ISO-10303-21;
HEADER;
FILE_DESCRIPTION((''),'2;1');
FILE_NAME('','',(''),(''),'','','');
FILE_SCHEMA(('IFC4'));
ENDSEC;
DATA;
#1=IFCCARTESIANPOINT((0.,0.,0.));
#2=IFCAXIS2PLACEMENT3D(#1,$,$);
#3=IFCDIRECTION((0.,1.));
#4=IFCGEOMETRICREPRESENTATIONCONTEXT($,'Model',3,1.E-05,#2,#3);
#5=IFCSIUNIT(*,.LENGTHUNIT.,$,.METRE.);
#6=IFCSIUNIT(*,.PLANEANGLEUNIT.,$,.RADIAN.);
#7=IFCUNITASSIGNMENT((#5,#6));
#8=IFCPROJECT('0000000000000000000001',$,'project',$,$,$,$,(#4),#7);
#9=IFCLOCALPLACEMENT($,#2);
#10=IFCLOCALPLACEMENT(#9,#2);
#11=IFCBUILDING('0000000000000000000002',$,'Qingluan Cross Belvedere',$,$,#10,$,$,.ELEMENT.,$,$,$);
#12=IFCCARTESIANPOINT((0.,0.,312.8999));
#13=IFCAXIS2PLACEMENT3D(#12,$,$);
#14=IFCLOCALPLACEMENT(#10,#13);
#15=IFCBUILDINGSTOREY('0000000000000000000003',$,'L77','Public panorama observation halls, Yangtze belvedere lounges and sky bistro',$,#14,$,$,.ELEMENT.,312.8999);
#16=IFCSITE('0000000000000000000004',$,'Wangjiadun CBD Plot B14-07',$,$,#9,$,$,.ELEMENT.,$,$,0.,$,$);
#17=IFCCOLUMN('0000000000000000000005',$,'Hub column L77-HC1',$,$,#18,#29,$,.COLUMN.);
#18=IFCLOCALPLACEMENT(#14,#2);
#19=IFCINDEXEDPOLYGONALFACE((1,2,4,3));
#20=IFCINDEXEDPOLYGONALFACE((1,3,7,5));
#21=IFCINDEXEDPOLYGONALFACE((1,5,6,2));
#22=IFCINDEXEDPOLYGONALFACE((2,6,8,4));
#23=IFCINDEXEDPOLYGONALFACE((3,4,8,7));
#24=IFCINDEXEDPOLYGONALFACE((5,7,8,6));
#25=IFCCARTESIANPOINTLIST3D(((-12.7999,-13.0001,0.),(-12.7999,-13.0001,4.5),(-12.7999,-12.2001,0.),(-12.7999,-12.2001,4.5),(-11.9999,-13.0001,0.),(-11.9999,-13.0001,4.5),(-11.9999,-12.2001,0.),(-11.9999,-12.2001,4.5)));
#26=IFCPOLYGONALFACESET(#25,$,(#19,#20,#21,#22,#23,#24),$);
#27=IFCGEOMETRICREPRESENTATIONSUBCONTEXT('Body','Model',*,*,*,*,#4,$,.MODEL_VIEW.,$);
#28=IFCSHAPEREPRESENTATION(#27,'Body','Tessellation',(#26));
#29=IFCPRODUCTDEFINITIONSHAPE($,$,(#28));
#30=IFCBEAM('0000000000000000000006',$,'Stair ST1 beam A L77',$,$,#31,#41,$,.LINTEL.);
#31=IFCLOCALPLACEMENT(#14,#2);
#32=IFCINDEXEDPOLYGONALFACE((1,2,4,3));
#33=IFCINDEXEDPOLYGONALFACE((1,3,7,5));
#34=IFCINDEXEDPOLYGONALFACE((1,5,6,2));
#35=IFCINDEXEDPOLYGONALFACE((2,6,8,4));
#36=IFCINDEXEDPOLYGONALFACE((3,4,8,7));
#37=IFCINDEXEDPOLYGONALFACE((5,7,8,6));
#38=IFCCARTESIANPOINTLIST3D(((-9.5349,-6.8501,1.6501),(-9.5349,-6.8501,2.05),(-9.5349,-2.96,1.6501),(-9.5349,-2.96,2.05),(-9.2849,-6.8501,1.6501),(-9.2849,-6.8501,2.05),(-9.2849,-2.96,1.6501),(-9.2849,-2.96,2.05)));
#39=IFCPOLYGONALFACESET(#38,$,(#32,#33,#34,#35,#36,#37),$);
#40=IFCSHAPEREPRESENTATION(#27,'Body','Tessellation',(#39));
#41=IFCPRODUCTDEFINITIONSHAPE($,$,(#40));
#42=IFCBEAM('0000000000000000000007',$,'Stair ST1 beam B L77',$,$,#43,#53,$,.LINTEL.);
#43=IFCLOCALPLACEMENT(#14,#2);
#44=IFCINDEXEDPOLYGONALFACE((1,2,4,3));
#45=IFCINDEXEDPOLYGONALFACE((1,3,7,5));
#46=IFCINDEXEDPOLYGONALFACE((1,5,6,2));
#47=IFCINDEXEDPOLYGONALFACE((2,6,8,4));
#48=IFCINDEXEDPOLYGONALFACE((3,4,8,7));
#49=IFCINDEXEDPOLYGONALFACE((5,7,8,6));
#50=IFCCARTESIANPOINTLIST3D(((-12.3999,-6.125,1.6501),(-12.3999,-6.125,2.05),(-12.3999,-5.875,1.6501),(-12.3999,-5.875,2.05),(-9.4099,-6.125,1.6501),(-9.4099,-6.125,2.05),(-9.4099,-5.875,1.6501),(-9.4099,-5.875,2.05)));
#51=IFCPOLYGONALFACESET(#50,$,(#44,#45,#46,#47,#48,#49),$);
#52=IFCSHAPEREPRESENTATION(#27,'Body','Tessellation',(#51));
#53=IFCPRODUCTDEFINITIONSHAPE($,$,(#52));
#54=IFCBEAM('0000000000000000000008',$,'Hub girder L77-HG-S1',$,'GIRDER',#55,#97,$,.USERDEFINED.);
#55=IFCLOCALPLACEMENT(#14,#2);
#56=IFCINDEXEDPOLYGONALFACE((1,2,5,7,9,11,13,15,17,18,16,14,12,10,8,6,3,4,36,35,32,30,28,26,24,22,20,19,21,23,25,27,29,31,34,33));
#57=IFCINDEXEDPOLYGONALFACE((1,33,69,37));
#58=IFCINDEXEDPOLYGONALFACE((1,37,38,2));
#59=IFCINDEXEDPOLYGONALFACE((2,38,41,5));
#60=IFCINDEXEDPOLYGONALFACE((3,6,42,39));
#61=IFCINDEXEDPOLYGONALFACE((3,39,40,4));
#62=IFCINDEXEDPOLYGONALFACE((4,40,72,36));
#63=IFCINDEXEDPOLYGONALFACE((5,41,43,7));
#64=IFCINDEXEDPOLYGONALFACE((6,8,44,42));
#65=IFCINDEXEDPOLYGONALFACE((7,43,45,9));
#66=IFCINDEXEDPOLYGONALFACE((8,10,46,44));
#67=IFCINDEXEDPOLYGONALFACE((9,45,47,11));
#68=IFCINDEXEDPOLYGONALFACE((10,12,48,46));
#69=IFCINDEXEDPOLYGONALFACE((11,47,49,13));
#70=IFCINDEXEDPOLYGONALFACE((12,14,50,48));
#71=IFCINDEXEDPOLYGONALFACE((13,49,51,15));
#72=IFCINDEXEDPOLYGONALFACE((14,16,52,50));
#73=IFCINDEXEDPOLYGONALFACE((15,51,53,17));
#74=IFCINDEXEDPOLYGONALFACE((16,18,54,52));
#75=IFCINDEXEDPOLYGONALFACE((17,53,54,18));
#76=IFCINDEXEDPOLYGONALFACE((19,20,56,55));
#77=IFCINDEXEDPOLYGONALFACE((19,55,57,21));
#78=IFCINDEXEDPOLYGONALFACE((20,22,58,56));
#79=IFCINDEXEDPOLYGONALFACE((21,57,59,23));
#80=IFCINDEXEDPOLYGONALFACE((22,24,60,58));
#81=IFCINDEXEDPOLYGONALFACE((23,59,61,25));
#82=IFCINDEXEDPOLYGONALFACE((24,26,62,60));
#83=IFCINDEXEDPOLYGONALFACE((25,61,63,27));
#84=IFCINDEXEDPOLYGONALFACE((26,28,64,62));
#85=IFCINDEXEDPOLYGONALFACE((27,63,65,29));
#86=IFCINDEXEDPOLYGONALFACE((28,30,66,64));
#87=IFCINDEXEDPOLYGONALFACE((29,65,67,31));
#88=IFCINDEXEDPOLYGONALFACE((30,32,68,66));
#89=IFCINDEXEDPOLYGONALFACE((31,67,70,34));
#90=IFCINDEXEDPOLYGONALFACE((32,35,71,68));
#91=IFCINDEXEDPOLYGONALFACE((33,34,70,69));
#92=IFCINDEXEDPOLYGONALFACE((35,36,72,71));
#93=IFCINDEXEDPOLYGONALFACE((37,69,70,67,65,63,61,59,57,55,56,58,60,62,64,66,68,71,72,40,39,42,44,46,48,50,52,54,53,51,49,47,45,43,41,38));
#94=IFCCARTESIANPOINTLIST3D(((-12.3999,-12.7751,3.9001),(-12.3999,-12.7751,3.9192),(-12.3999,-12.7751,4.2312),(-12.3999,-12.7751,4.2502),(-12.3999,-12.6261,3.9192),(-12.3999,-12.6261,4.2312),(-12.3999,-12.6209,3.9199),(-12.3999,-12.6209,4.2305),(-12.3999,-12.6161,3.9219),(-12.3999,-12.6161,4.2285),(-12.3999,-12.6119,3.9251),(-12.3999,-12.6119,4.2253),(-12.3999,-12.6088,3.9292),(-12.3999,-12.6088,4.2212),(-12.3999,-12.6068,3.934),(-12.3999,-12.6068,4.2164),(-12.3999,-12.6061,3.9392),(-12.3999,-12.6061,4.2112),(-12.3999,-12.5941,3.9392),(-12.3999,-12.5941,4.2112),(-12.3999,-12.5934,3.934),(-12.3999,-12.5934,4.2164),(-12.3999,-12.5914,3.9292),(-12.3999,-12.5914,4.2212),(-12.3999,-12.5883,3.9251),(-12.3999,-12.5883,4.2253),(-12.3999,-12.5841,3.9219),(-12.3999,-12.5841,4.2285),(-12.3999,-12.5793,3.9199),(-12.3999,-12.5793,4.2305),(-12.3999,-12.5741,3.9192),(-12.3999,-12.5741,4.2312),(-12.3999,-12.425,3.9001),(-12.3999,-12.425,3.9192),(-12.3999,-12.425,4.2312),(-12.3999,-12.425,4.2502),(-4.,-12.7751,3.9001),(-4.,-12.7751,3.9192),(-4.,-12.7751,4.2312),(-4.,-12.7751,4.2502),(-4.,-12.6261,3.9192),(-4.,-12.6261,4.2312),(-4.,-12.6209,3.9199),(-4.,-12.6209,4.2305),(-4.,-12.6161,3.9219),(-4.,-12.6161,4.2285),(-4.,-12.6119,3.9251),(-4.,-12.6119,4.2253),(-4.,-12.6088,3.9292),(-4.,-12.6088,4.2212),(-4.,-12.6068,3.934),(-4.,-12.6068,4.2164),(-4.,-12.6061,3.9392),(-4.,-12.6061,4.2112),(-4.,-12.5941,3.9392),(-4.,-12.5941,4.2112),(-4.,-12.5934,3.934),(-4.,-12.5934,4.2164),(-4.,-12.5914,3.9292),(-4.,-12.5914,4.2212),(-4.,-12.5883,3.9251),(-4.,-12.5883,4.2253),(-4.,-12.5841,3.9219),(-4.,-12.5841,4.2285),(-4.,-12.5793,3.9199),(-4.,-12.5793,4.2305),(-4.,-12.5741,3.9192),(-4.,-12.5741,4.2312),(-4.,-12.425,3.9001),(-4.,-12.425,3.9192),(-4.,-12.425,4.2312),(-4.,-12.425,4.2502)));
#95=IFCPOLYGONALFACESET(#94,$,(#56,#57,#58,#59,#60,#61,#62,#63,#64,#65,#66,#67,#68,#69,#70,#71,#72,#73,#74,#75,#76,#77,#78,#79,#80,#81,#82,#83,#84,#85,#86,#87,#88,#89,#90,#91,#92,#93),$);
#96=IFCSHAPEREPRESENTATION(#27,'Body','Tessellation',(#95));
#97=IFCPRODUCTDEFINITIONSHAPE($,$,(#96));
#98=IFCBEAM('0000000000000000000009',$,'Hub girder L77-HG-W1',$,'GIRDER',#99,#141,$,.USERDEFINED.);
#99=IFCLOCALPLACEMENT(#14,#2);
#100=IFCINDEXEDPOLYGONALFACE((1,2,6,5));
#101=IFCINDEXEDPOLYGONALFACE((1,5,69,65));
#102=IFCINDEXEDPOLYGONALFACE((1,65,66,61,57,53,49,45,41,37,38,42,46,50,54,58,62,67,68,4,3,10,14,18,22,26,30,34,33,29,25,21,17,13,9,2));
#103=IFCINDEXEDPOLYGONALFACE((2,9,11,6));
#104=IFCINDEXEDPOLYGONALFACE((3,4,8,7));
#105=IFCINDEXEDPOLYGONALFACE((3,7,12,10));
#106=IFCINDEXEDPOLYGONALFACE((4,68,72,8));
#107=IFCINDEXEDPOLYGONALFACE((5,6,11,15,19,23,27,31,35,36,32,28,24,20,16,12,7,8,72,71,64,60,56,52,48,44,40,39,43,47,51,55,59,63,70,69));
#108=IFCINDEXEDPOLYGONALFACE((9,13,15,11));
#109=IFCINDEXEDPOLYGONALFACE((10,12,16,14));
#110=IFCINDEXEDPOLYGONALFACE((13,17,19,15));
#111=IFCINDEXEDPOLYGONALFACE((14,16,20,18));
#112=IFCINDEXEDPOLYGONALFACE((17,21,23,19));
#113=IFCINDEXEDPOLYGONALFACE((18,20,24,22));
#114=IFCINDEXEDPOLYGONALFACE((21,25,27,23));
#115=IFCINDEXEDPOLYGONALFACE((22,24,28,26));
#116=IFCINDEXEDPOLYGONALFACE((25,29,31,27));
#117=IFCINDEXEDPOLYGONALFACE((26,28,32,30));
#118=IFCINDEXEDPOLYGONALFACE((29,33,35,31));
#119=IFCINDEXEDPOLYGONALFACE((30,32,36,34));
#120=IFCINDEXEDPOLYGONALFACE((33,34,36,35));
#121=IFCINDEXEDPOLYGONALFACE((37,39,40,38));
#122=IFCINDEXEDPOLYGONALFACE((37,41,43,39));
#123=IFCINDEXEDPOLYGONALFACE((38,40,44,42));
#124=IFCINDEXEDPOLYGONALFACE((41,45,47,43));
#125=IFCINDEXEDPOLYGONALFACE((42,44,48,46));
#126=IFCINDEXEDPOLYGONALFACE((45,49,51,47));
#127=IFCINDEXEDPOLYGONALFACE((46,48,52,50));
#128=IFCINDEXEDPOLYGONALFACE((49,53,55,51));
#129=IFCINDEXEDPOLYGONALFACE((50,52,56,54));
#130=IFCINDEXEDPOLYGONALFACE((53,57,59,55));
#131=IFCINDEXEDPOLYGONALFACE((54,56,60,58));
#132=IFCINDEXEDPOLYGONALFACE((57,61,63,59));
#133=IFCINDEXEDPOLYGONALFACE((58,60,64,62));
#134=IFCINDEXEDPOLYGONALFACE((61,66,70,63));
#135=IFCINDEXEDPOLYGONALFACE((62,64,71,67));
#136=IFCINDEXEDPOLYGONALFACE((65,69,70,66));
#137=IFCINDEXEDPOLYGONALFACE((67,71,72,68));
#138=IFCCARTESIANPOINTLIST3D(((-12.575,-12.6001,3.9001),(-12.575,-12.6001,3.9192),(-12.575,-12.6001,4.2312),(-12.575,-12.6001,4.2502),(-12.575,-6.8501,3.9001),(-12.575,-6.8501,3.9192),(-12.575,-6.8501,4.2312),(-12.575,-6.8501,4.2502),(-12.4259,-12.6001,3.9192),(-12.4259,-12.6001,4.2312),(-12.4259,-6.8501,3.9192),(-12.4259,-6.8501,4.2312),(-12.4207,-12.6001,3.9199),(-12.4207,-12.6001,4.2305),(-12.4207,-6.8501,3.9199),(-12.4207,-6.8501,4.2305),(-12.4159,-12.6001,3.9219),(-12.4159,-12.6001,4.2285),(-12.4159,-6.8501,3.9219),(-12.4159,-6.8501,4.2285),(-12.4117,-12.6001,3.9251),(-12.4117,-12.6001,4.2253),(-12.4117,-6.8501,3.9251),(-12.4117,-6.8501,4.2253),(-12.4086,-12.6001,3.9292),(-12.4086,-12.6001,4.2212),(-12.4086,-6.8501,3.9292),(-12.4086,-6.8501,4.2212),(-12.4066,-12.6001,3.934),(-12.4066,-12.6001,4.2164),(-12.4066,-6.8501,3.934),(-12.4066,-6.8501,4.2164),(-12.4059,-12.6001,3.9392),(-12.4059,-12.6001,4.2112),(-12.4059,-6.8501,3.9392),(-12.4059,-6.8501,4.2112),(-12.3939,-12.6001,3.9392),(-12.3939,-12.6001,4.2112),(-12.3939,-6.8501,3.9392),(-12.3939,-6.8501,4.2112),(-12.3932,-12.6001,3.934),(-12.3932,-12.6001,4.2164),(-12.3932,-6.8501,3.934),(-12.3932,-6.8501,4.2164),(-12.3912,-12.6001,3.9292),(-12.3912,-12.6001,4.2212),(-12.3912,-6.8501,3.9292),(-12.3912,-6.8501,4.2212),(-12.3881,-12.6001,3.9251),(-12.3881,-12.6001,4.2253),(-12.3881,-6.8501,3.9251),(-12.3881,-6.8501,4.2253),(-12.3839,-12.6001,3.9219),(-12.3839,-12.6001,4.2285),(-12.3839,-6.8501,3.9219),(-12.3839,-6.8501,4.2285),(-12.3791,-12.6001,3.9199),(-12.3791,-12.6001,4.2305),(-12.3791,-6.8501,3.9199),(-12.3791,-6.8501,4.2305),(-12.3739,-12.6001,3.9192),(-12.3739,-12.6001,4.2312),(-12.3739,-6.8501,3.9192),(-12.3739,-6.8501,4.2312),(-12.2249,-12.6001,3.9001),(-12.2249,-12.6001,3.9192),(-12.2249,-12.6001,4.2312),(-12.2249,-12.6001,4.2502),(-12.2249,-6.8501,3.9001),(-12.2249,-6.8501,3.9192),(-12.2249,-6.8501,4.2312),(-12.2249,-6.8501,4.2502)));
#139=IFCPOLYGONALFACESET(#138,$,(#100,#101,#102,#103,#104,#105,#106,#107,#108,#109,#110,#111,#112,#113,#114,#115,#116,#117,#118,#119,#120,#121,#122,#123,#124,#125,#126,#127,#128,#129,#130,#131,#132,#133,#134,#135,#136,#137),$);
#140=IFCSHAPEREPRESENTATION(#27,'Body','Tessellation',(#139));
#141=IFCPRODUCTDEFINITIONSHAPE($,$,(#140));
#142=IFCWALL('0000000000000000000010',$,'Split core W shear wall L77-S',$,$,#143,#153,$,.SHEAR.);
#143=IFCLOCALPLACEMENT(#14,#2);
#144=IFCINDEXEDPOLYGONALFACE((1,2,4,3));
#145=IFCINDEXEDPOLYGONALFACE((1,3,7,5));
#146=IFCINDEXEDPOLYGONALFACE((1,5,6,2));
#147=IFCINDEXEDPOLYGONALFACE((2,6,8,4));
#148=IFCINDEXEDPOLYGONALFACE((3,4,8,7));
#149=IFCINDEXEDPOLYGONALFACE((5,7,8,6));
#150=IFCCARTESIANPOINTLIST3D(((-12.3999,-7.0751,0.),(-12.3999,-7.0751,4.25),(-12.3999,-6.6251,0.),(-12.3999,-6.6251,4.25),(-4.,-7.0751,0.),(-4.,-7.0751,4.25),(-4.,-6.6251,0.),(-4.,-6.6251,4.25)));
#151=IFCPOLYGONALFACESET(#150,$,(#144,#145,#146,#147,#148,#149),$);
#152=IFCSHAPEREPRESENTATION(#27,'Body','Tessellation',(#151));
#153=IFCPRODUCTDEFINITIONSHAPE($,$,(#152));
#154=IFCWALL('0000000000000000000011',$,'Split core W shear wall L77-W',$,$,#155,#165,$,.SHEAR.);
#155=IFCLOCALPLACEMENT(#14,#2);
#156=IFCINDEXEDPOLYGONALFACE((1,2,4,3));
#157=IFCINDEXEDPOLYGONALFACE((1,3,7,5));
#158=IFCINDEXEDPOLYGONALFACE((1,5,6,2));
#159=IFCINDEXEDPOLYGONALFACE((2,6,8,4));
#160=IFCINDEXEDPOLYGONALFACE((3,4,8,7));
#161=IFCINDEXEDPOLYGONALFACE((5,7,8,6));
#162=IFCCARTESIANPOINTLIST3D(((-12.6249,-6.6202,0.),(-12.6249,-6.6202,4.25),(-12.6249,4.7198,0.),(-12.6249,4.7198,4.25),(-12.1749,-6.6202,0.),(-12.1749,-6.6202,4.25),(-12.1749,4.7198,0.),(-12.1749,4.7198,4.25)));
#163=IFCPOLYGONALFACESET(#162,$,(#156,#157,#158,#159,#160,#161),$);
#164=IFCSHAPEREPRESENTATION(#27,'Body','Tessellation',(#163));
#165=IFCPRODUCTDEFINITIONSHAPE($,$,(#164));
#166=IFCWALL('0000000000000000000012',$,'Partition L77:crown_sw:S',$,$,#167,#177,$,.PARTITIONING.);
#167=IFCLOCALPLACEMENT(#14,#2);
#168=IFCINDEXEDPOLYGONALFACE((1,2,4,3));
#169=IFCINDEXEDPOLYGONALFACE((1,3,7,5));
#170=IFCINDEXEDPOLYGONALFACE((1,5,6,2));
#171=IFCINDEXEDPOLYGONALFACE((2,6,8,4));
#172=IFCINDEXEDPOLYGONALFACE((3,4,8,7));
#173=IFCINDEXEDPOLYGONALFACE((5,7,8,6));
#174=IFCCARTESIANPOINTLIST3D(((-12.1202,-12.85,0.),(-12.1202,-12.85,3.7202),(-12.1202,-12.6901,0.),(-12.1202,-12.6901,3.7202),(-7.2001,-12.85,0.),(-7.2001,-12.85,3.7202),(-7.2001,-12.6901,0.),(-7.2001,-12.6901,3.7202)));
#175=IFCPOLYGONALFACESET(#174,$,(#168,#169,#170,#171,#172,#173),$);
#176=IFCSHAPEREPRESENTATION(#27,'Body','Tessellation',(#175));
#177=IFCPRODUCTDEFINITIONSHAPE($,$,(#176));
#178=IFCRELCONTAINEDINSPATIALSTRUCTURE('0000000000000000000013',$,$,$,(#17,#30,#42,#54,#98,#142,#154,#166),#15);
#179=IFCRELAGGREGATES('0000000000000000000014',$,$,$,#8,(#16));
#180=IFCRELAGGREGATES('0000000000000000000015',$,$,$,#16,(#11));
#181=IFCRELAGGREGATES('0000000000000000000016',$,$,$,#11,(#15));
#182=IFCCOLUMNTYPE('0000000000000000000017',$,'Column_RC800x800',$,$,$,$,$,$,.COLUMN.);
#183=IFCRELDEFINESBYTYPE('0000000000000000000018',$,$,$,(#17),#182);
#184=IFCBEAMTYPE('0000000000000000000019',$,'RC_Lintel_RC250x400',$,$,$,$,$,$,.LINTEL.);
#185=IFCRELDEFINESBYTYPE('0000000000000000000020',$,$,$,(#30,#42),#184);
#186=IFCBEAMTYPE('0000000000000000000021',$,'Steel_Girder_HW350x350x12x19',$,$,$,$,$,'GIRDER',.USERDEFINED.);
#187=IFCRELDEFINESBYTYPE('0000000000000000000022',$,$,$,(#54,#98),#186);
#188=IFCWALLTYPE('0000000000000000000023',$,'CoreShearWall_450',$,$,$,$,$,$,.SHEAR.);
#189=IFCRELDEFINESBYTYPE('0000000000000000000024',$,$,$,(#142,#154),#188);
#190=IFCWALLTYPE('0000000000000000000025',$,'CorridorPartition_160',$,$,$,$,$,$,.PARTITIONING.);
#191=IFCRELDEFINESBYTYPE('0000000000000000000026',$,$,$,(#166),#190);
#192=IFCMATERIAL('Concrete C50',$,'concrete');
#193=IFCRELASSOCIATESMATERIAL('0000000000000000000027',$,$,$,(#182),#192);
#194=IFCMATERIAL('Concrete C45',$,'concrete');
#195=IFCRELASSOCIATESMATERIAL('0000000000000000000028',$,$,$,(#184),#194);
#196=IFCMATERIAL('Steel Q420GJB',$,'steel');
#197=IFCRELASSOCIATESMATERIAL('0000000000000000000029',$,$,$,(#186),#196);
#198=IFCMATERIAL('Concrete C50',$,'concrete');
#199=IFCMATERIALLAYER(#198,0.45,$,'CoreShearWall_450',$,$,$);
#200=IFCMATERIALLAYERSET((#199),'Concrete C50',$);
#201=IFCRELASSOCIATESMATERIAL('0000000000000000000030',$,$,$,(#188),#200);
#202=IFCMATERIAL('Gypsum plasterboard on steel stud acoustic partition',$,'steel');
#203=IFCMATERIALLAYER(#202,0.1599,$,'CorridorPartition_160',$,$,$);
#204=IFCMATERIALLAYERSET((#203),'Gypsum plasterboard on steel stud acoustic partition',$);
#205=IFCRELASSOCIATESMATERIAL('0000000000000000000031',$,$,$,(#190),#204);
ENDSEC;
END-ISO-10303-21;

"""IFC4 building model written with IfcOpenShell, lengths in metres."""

from ifc_helpers import new_model, si_unit, direction, frame, frame_2d, origin, origin_2d, place, context, subcontext, project, spatial, rectangle, i_section, extrude, material, layer, layer_set, material_profile, profile_set, type_object, element, save


model = new_model("IFC4")

# Units and contexts
model_context = context("Model", 3, precision=1e-05, world=origin(), true_north=direction((0.0, 1.0)))
body_context = subcontext(model_context, "Body", "Model", "MODEL_VIEW")
ifc_project = project(units=[si_unit("LENGTHUNIT", "METRE"), si_unit("PLANEANGLEUNIT", "RADIAN")], contexts=[model_context])

# Site, building, storey
site_placement = place(None, origin())
site = spatial("IfcSite", under=ifc_project, at=site_placement, Name="Wangjiadun CBD Plot B14-07", CompositionType="ELEMENT", RefElevation=0.0)
building_placement = place(site_placement, origin())
building = spatial("IfcBuilding", under=site, at=building_placement, Name="Qingluan Cross Belvedere", CompositionType="ELEMENT")
storey_placement = place(building_placement, frame((0.0, 0.0, 312.8999)))
storey = spatial("IfcBuildingStorey", under=building, at=storey_placement, Name="L77", Description="Public panorama observation halls, Yangtze belvedere lounges and sky bistro", CompositionType="ELEMENT", Elevation=312.8999)

# Column
ifc_material_1 = material(Name="Concrete C50", Category="concrete")
ifc_material_profile_1 = material_profile(ifc_material_1, rectangle(XDim=0.8, YDim=0.8, at=origin_2d()), Name="RC800x800")
ifc_profile_set_1 = profile_set([ifc_material_profile_1], Name="Concrete C50")
column_type = type_object("IfcColumnType", Name="Column_RC800x800", PredefinedType="COLUMN", material=ifc_profile_set_1)
column_placement = place(storey_placement, frame((-12.3999, -12.6001, 0.0), z_axis=(0.0, 0.0, 1.0), x_axis=(1.0, 0.0, 0.0)))
element("IfcColumn", 1, at=column_placement, inside=storey, type_object=column_type, Name="Hub column L77-HC1", PredefinedType="COLUMN", context=body_context, shape_type="SweptSolid", body=[
    extrude(rectangle(XDim=0.8, YDim=0.8, at=origin_2d()), origin(), (0.0, 0.0, 1.0), 4.5),
])

# Beams
ifc_material_2 = material(Name="Concrete C45", Category="concrete")
ifc_material_profile_2 = material_profile(ifc_material_2, rectangle(XDim=0.25, YDim=0.3999, at=origin_2d()), Name="RC250x400")
ifc_profile_set_2 = profile_set([ifc_material_profile_2], Name="Concrete C45")
beam_type_1 = type_object("IfcBeamType", Name="RC_Lintel_RC250x400", PredefinedType="LINTEL", material=ifc_profile_set_2)
beam_1_placement = place(storey_placement, frame((-9.4099, -6.8501, 1.8501), z_axis=(0.0, 1.0, 0.0), x_axis=(-1.0, 0.0, 0.0)))
element("IfcBeam", 2, at=beam_1_placement, inside=storey, type_object=beam_type_1, Name="Stair ST1 beam A L77", PredefinedType="LINTEL", context=body_context, shape_type="SweptSolid", body=[
    extrude(rectangle(XDim=0.25, YDim=0.3999, at=origin_2d()), origin(), (0.0, 0.0, 1.0), 3.8901),
])
beam_2_placement = place(storey_placement, frame((-12.3999, -6.0, 1.8501), z_axis=(1.0, 0.0, 0.0), x_axis=(0.0, 1.0, 0.0)))
element("IfcBeam", 3, at=beam_2_placement, inside=storey, type_object=beam_type_1, Name="Stair ST1 beam B L77", PredefinedType="LINTEL", context=body_context, shape_type="SweptSolid", body=[
    extrude(rectangle(XDim=0.25, YDim=0.3999, at=origin_2d()), origin(), (0.0, 0.0, 1.0), 2.99),
])
ifc_material_3 = material(Name="Steel Q420GJB", Category="steel")
ifc_material_profile_3 = material_profile(ifc_material_3, i_section(OverallWidth=0.3501, OverallDepth=0.3501, WebThickness=0.012, FlangeThickness=0.019, FilletRadius=0.02, at=origin_2d()), Name="HW350x350x12x19")
ifc_profile_set_3 = profile_set([ifc_material_profile_3], Name="Steel Q420GJB")
beam_type_2 = type_object("IfcBeamType", Name="Steel_Girder_HW350x350x12x19", ElementType="GIRDER", PredefinedType="USERDEFINED", material=ifc_profile_set_3)
beam_3_placement = place(storey_placement, frame((-12.3999, -12.6001, 4.0752), z_axis=(1.0, 0.0, 0.0), x_axis=(0.0, 1.0, 0.0)))
element("IfcBeam", 4, at=beam_3_placement, inside=storey, type_object=beam_type_2, Name="Hub girder L77-HG-S1", ObjectType="GIRDER", PredefinedType="USERDEFINED", context=body_context, shape_type="SweptSolid", body=[
    extrude(i_section(OverallWidth=0.3501, OverallDepth=0.3501, WebThickness=0.012, FlangeThickness=0.019, FilletRadius=0.02, at=origin_2d()), origin(), (0.0, 0.0, 1.0), 8.3999),
])
beam_4_placement = place(storey_placement, frame((-12.3999, -12.6001, 4.0752), z_axis=(0.0, 1.0, 0.0), x_axis=(-1.0, 0.0, 0.0)))
element("IfcBeam", 5, at=beam_4_placement, inside=storey, type_object=beam_type_2, Name="Hub girder L77-HG-W1", ObjectType="GIRDER", PredefinedType="USERDEFINED", context=body_context, shape_type="SweptSolid", body=[
    extrude(i_section(OverallWidth=0.3501, OverallDepth=0.3501, WebThickness=0.012, FlangeThickness=0.019, FilletRadius=0.02, at=origin_2d()), origin(), (0.0, 0.0, 1.0), 5.75),
])

# Walls
ifc_material_4 = material(Name="Concrete C50", Category="concrete")
ifc_layer_1 = layer(ifc_material_4, 0.45, Name="CoreShearWall_450")
ifc_layer_set_1 = layer_set([ifc_layer_1], Name="Concrete C50")
wall_type_1 = type_object("IfcWallType", Name="CoreShearWall_450", PredefinedType="SHEAR", material=ifc_layer_set_1)
wall_1_placement = place(storey_placement, frame((-12.3999, -6.8501, 0.0), z_axis=(0.0, 0.0, 1.0), x_axis=(1.0, 0.0, 0.0)))
element("IfcWall", 6, at=wall_1_placement, inside=storey, type_object=wall_type_1, Name="Split core W shear wall L77-S", PredefinedType="SHEAR", context=body_context, shape_type="SweptSolid", body=[
    extrude(rectangle(XDim=8.3999, YDim=0.45, at=frame_2d((4.2, 0.0))), origin(), (0.0, 0.0, 1.0), 4.25),
])
wall_2_placement = place(storey_placement, frame((-12.3999, -6.6201, 0.0), z_axis=(0.0, 0.0, 1.0), x_axis=(0.0, 1.0, 0.0)))
element("IfcWall", 7, at=wall_2_placement, inside=storey, type_object=wall_type_1, Name="Split core W shear wall L77-W", PredefinedType="SHEAR", context=body_context, shape_type="SweptSolid", body=[
    extrude(rectangle(XDim=11.3401, YDim=0.45, at=frame_2d((5.6699, 0.0))), origin(), (0.0, 0.0, 1.0), 4.25),
])
ifc_material_5 = material(Name="Gypsum plasterboard on steel stud acoustic partition", Category="steel")
ifc_layer_2 = layer(ifc_material_5, 0.1599, Name="CorridorPartition_160")
ifc_layer_set_2 = layer_set([ifc_layer_2], Name="Gypsum plasterboard on steel stud acoustic partition")
wall_type_2 = type_object("IfcWallType", Name="CorridorPartition_160", PredefinedType="PARTITIONING", material=ifc_layer_set_2)
wall_3_placement = place(storey_placement, frame((-12.1201, -12.77, 0.0), z_axis=(0.0, 0.0, 1.0), x_axis=(1.0, 0.0, 0.0)))
element("IfcWall", 8, at=wall_3_placement, inside=storey, type_object=wall_type_2, Name="Partition L77:crown_sw:S", PredefinedType="PARTITIONING", context=body_context, shape_type="SweptSolid", body=[
    extrude(rectangle(XDim=4.9202, YDim=0.1599, at=frame_2d((2.46, 0.0))), origin(), (0.0, 0.0, 1.0), 3.7202),
])

save(model, "model.ifc")
